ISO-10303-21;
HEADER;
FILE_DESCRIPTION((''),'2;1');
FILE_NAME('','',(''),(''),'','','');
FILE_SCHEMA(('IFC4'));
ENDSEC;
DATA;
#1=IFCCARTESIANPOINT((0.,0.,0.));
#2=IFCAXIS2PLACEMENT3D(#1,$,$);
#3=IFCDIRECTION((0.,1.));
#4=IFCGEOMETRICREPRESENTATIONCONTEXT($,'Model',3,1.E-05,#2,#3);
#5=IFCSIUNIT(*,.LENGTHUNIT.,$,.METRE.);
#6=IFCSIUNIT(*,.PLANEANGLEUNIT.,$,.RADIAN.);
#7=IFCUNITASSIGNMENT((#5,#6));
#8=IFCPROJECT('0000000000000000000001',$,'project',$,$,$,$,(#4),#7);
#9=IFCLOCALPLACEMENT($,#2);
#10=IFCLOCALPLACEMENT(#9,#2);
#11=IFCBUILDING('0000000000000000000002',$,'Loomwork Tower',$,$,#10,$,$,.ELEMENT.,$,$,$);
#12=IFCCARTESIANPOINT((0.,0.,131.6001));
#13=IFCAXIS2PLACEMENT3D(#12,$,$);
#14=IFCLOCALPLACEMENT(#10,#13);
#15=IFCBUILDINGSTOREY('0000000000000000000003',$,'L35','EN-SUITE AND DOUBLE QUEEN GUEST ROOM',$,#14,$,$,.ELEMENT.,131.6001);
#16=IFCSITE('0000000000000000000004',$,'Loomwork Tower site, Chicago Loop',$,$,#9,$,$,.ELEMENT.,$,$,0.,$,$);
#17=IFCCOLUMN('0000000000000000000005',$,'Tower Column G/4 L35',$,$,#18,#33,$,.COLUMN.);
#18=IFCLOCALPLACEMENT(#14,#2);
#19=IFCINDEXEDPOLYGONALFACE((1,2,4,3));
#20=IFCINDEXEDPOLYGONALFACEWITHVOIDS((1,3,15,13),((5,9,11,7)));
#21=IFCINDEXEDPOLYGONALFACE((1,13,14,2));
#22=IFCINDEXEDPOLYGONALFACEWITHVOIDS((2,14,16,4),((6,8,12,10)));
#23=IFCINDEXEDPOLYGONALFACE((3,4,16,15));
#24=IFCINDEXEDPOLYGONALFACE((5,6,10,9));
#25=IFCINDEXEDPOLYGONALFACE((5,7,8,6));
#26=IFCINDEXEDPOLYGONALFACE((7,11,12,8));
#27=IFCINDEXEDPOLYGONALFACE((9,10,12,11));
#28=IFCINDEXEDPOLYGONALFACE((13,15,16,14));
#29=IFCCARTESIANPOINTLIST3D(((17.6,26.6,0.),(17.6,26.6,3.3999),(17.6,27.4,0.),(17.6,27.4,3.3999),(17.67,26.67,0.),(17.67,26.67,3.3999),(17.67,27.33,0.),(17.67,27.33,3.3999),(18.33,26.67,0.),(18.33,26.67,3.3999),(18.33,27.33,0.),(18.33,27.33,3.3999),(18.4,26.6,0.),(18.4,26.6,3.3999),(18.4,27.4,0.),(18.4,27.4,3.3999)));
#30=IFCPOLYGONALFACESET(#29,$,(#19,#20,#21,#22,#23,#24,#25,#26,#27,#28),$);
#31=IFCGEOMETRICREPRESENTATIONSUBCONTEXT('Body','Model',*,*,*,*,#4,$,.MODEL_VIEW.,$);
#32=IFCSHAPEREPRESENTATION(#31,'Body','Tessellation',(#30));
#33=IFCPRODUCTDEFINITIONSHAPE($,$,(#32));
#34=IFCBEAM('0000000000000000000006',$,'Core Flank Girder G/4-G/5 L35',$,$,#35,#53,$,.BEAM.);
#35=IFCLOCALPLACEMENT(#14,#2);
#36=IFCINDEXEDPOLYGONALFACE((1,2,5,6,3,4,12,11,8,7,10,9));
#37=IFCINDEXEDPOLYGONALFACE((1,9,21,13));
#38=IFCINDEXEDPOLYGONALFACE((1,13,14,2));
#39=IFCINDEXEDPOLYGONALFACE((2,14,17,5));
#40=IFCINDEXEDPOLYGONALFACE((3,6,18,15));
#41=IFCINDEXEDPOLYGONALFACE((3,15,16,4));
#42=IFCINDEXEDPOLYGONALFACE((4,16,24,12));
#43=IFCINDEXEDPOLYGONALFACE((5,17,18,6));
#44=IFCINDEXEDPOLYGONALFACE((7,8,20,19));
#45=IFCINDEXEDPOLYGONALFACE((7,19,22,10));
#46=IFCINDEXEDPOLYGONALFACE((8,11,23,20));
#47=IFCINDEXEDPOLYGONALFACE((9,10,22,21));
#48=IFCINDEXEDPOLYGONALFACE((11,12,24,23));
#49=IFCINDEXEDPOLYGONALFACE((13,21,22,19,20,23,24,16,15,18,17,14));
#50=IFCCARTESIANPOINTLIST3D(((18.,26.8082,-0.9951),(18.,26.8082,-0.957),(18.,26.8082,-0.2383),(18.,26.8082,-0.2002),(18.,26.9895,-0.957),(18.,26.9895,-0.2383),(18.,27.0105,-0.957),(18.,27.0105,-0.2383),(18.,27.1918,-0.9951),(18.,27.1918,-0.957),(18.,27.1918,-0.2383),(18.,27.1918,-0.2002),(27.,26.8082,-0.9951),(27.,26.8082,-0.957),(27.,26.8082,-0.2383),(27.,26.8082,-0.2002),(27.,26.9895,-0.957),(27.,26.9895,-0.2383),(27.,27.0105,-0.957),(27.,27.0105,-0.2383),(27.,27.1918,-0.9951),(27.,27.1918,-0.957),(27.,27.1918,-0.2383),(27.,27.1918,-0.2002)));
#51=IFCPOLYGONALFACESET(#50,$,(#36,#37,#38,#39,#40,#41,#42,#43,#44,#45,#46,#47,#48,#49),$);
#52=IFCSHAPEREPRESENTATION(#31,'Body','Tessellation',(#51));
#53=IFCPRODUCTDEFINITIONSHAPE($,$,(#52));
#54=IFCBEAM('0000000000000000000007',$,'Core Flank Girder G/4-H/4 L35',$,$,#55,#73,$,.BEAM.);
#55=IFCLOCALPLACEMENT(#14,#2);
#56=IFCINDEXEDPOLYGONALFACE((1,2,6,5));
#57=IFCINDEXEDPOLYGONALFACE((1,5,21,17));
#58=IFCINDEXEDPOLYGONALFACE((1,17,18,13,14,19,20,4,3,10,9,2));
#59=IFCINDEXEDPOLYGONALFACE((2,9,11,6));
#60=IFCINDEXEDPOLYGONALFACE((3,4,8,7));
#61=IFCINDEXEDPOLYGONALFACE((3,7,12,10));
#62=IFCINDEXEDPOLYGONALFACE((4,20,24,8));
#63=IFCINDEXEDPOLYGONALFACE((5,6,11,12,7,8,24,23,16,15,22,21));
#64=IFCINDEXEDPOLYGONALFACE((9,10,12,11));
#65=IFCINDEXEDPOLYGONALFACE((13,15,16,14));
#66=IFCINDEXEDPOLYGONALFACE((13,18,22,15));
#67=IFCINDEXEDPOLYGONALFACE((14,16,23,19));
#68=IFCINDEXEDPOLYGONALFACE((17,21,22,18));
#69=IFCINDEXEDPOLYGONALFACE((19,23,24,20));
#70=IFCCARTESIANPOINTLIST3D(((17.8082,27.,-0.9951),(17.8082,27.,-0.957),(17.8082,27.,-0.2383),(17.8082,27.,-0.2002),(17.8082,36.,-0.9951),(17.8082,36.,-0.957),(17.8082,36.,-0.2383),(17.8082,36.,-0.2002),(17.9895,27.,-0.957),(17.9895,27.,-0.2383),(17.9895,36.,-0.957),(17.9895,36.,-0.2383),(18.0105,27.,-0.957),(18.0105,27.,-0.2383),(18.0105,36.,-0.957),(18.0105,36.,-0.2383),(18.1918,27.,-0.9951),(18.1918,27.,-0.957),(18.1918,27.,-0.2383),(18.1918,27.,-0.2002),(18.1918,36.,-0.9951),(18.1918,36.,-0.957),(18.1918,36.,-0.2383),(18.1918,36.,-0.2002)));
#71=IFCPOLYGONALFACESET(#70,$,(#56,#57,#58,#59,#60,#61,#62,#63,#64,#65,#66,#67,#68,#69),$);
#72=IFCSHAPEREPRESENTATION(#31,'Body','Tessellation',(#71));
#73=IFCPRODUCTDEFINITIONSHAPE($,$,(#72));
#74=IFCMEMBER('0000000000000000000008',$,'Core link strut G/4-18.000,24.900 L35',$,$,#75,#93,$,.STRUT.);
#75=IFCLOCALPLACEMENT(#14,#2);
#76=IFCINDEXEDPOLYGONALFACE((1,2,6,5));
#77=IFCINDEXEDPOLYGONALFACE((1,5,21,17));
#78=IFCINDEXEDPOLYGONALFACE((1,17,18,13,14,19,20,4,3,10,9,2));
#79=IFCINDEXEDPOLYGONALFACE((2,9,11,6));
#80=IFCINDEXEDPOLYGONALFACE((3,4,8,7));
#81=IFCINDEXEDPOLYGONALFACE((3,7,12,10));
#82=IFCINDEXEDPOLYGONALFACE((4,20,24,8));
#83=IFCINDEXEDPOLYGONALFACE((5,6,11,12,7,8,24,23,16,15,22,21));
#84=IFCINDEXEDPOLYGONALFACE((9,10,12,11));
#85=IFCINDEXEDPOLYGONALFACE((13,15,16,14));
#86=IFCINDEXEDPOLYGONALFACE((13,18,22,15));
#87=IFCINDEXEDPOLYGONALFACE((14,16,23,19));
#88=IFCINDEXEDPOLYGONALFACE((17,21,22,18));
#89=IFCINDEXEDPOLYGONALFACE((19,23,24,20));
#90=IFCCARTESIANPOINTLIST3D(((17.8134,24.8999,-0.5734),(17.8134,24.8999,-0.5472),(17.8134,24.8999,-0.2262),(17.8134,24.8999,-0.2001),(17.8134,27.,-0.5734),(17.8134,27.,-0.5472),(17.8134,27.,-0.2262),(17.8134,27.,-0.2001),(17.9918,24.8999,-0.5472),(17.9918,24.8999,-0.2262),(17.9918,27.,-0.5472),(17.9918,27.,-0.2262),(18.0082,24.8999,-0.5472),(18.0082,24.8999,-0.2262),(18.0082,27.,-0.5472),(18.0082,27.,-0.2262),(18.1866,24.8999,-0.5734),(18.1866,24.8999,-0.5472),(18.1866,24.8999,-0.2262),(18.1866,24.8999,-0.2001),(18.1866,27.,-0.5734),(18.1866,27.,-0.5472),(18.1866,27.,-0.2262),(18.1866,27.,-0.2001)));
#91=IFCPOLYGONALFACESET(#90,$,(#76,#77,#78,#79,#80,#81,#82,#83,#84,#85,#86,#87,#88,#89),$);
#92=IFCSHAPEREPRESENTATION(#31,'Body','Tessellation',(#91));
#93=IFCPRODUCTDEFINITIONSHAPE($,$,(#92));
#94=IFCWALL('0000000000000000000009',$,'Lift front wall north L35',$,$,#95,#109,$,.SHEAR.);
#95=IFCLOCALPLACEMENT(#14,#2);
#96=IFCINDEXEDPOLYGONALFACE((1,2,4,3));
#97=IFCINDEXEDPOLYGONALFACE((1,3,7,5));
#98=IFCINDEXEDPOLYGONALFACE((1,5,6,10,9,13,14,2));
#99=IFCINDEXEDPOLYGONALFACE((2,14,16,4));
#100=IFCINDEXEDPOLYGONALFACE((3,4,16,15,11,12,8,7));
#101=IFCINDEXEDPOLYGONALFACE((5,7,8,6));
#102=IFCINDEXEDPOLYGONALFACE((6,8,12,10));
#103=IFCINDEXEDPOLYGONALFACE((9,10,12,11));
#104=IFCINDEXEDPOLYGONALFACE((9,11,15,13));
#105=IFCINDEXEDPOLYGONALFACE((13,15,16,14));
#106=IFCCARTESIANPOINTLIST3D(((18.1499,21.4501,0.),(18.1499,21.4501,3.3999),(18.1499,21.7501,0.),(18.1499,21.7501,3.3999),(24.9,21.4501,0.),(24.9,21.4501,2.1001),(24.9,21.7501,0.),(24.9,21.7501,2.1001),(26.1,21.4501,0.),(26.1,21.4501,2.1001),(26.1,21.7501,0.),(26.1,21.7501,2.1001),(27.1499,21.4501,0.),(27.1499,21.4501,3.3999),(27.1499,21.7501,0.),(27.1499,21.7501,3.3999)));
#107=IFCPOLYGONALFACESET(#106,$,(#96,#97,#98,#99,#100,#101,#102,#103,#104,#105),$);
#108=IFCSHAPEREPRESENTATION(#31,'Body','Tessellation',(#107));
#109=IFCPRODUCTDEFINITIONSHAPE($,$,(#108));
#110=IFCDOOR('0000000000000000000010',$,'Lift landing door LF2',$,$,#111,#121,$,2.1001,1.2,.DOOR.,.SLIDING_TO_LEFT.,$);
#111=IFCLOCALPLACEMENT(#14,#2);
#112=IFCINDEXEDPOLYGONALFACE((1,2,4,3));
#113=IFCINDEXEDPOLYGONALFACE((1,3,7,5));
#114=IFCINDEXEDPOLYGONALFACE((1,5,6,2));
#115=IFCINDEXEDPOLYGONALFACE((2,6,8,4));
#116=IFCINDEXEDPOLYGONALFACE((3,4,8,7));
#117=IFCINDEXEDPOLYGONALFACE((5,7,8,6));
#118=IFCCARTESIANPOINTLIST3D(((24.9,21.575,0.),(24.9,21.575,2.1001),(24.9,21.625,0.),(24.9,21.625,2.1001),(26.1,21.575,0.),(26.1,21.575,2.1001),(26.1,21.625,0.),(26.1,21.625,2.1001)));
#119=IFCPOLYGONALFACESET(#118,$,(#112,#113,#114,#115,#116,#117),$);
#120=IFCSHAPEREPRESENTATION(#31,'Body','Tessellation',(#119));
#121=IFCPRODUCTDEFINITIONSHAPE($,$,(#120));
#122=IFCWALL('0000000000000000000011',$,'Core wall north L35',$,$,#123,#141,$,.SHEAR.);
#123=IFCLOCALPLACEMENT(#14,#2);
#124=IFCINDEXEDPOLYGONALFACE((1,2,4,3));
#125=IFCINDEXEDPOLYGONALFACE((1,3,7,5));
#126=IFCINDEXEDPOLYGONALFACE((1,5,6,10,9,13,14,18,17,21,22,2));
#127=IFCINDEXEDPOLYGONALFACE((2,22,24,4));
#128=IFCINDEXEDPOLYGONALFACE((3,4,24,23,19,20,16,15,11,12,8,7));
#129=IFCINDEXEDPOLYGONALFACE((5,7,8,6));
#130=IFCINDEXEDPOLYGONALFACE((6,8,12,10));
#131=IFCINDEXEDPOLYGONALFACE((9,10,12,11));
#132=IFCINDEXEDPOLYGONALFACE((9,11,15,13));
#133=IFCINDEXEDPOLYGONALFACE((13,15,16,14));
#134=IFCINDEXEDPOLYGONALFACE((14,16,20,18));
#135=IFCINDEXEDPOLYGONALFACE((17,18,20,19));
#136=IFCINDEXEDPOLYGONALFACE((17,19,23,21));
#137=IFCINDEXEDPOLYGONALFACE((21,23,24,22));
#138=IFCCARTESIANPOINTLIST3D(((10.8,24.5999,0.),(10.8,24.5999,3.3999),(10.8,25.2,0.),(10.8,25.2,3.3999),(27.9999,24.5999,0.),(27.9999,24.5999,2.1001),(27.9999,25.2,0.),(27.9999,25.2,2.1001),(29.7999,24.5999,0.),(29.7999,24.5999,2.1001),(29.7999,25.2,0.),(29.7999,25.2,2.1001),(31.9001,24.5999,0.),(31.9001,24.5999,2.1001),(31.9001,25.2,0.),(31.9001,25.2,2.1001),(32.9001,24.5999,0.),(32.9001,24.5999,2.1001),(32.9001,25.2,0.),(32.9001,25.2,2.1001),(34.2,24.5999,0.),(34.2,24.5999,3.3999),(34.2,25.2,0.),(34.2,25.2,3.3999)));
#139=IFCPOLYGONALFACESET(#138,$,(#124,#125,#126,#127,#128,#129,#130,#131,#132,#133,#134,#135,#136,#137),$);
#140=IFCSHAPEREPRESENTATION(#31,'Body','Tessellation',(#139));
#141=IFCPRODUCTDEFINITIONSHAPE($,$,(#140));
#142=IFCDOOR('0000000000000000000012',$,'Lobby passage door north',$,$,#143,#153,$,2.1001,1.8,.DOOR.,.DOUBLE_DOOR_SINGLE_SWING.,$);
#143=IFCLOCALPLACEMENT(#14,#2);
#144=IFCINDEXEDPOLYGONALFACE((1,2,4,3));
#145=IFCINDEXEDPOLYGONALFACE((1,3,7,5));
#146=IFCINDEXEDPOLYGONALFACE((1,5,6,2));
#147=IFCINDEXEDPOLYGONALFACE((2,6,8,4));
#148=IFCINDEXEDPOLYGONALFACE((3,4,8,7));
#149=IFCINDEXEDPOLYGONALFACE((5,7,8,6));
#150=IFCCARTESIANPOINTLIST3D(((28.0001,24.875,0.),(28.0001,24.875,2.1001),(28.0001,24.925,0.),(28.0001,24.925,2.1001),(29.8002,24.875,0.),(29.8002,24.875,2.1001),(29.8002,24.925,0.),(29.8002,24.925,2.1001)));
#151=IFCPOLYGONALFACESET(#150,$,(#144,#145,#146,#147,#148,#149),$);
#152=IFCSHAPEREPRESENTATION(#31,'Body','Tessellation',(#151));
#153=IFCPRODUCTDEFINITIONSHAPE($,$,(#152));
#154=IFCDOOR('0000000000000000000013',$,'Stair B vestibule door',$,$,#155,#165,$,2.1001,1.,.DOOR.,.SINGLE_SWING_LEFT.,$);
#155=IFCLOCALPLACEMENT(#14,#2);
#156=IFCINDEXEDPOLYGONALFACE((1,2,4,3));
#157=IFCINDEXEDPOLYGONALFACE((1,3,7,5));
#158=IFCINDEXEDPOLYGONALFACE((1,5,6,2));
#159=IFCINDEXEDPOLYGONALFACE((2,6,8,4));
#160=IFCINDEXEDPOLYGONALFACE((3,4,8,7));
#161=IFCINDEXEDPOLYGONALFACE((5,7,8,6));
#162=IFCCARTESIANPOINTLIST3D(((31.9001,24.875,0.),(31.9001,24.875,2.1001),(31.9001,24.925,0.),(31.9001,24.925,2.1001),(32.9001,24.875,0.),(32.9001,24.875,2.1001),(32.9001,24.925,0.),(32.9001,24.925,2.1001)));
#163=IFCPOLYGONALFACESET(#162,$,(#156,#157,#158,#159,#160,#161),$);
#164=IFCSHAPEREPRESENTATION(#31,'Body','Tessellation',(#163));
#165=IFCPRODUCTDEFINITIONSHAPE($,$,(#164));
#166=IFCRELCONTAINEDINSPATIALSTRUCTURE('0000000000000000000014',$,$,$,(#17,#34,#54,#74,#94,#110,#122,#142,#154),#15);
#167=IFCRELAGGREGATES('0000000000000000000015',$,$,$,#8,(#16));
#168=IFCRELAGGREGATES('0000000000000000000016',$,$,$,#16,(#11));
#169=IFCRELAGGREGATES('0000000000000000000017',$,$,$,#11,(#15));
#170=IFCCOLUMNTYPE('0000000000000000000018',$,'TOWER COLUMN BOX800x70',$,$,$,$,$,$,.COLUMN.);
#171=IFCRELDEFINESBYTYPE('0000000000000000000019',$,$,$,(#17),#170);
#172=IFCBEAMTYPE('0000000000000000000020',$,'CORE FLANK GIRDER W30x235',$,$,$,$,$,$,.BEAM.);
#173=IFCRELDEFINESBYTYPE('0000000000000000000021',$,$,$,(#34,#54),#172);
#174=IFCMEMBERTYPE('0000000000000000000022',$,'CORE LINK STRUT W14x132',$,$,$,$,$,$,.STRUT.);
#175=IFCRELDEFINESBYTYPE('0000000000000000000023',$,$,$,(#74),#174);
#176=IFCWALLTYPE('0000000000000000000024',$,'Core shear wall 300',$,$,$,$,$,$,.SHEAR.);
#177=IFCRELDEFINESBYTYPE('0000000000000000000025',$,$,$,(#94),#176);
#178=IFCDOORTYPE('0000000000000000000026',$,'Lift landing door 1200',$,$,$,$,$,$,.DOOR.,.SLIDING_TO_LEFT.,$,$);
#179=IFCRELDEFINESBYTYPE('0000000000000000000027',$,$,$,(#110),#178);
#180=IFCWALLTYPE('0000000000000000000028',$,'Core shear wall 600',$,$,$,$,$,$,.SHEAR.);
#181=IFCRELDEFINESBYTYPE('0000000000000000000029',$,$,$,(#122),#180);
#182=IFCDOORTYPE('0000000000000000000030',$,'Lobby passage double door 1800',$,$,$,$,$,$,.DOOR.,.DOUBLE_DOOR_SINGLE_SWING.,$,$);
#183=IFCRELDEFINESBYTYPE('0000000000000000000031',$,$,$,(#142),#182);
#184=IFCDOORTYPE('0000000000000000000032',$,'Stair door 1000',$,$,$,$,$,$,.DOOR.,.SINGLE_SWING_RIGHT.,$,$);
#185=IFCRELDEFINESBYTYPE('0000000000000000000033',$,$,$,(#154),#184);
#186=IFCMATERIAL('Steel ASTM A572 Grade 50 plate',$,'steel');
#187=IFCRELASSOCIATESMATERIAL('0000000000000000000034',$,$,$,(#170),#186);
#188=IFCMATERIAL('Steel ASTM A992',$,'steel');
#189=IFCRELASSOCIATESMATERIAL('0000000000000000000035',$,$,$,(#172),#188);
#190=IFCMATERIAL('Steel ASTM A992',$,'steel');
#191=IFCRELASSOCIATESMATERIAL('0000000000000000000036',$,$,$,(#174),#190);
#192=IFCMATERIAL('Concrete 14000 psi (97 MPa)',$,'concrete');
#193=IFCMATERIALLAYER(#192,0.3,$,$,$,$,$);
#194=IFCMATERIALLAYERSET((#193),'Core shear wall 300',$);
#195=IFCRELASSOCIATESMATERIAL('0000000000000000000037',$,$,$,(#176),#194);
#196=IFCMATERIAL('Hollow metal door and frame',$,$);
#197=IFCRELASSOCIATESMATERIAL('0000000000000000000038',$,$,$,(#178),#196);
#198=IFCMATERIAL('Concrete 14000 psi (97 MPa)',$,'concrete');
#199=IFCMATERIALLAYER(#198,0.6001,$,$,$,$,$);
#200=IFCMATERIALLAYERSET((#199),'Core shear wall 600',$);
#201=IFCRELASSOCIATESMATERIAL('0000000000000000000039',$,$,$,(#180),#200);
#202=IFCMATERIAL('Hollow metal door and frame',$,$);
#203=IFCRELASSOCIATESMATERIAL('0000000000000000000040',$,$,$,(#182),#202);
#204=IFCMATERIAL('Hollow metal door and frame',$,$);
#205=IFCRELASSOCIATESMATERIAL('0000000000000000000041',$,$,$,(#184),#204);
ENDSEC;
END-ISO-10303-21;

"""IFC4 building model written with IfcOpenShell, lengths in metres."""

from ifc_helpers import new_model, si_unit, direction, frame, frame_2d, origin, origin_2d, place, context, subcontext, project, spatial, rectangle, hollow_rectangle, i_section, extrude, material, layer, layer_set, material_profile, profile_set, type_object, element, fill, save


model = new_model("IFC4")

# Units and contexts
model_context = context("Model", 3, precision=1e-05, world=origin(), true_north=direction((0.0, 1.0)))
body_context = subcontext(model_context, "Body", "Model", "MODEL_VIEW")
ifc_project = project(units=[si_unit("LENGTHUNIT", "METRE"), si_unit("PLANEANGLEUNIT", "RADIAN")], contexts=[model_context])

# Site, building, storey
site_placement = place(None, origin())
site = spatial("IfcSite", under=ifc_project, at=site_placement, Name="Loomwork Tower site, Chicago Loop", CompositionType="ELEMENT", RefElevation=0.0)
building_placement = place(site_placement, origin())
building = spatial("IfcBuilding", under=site, at=building_placement, Name="Loomwork Tower", CompositionType="ELEMENT")
storey_placement = place(building_placement, frame((0.0, 0.0, 131.6001)))
storey = spatial("IfcBuildingStorey", under=building, at=storey_placement, Name="L35", Description="EN-SUITE AND DOUBLE QUEEN GUEST ROOM", CompositionType="ELEMENT", Elevation=131.6001)

# Column
ifc_material_1 = material(Name="Steel ASTM A572 Grade 50 plate", Category="steel")
ifc_material_profile_1 = material_profile(ifc_material_1, hollow_rectangle(XDim=0.8, YDim=0.8, WallThickness=0.0701, at=origin_2d()), Name="BOX800x70")
ifc_profile_set_1 = profile_set([ifc_material_profile_1], Name="Steel ASTM A572 Grade 50 plate")
column_type = type_object("IfcColumnType", Name="TOWER COLUMN BOX800x70", PredefinedType="COLUMN", material=ifc_profile_set_1)
column_placement = place(storey_placement, frame((18.0, 27.0, 0.0), z_axis=(0.0, 0.0, 1.0), x_axis=(1.0, 0.0, 0.0)))
element("IfcColumn", 1, at=column_placement, inside=storey, type_object=column_type, Name="Tower Column G/4 L35", PredefinedType="COLUMN", context=body_context, shape_type="SweptSolid", body=[
    extrude(hollow_rectangle(XDim=0.8, YDim=0.8, WallThickness=0.0701, at=origin_2d()), origin(), (0.0, 0.0, 1.0), 3.3999),
])

# Beams
ifc_material_2 = material(Name="Steel ASTM A992", Category="steel")
ifc_material_profile_2 = material_profile(ifc_material_2, i_section(OverallWidth=0.3835, OverallDepth=0.7949, WebThickness=0.021, FlangeThickness=0.0381, at=origin_2d()), Name="W30x235")
ifc_profile_set_2 = profile_set([ifc_material_profile_2], Name="Steel ASTM A992")
beam_type = type_object("IfcBeamType", Name="CORE FLANK GIRDER W30x235", PredefinedType="BEAM", material=ifc_profile_set_2)
for number, where, z_axis, x_axis, name in (
    (2, (18.0, 27.0, -0.5977), (1.0, 0.0, 0.0), (0.0, 1.0, 0.0), "Core Flank Girder G/4-G/5 L35"),
    (3, (18.0, 27.0, -0.5977), (0.0, 1.0, 0.0), (-1.0, 0.0, 0.0), "Core Flank Girder G/4-H/4 L35"),
):
    element("IfcBeam", number, at=place(storey_placement, frame(where, z_axis=z_axis, x_axis=x_axis)), inside=storey, type_object=beam_type, Name=name, PredefinedType="BEAM", context=body_context, shape_type="SweptSolid", body=[
        extrude(i_section(OverallWidth=0.3835, OverallDepth=0.7949, WebThickness=0.021, FlangeThickness=0.0381, at=origin_2d()), origin(), (0.0, 0.0, 1.0), 9.0),
    ])

# Member
ifc_material_3 = material(Name="Steel ASTM A992", Category="steel")
ifc_material_profile_3 = material_profile(ifc_material_3, i_section(OverallWidth=0.3733, OverallDepth=0.3733, WebThickness=0.0164, FlangeThickness=0.0261, at=origin_2d()), Name="W14x132")
ifc_profile_set_3 = profile_set([ifc_material_profile_3], Name="Steel ASTM A992")
member_type = type_object("IfcMemberType", Name="CORE LINK STRUT W14x132", PredefinedType="STRUT", material=ifc_profile_set_3)
member_placement = place(storey_placement, frame((18.0, 27.0, -0.3867), z_axis=(0.0, -1.0, 0.0), x_axis=(1.0, 0.0, 0.0)))
element("IfcMember", 4, at=member_placement, inside=storey, type_object=member_type, Name="Core link strut G/4-18.000,24.900 L35", PredefinedType="STRUT", context=body_context, shape_type="SweptSolid", body=[
    extrude(i_section(OverallWidth=0.3733, OverallDepth=0.3733, WebThickness=0.0164, FlangeThickness=0.0261, at=origin_2d()), origin(), (0.0, 0.0, 1.0), 2.1001),
])

# Wall, opening, door
ifc_material_4 = material(Name="Concrete 14000 psi (97 MPa)", Category="concrete")
ifc_layer_1 = layer(ifc_material_4, 0.3)
ifc_layer_set_1 = layer_set([ifc_layer_1], Name="Core shear wall 300")
wall_type_1 = type_object("IfcWallType", Name="Core shear wall 300", PredefinedType="SHEAR", material=ifc_layer_set_1)
wall_1_placement = place(storey_placement, frame((18.1499, 21.6001, 0.0), z_axis=(0.0, 0.0, 1.0), x_axis=(1.0, 0.0, 0.0)))
wall_1 = element("IfcWall", 5, at=wall_1_placement, inside=storey, type_object=wall_type_1, Name="Lift front wall north L35", PredefinedType="SHEAR", context=body_context, shape_type="SweptSolid", body=[
    extrude(rectangle(XDim=9.0, YDim=0.3, at=frame_2d((4.5, 0.0))), origin(), (0.0, 0.0, 1.0), 3.3999),
])
opening_1_placement = place(wall_1_placement, frame((6.75, 0.0, 0.0)))
opening_1 = element("IfcOpeningElement", 6, at=opening_1_placement, cuts=wall_1, PredefinedType="OPENING", context=body_context, shape_type="SweptSolid", body=[
    extrude(rectangle(XDim=1.2, YDim=2.1001, at=frame_2d((0.6001, 1.05))), frame((0.0, 0.1599, 0.0), z_axis=(0.0, -1.0, 0.0), x_axis=(1.0, 0.0, 0.0)), (0.0, 0.0, 1.0), 0.3201),
])
ifc_material_5 = material(Name="Hollow metal door and frame")
door_type_1 = type_object("IfcDoorType", Name="Lift landing door 1200", OperationType="SLIDING_TO_LEFT", PredefinedType="DOOR", material=ifc_material_5)
door_1_placement = place(opening_1_placement, origin())
door_1 = element("IfcDoor", 7, at=door_1_placement, inside=storey, type_object=door_type_1, Name="Lift landing door LF2", OperationType="SLIDING_TO_LEFT", OverallHeight=2.1001, OverallWidth=1.2, PredefinedType="DOOR", context=body_context, shape_type="SweptSolid", body=[
    extrude(rectangle(XDim=1.2, YDim=2.1001, at=frame_2d((0.6001, 1.05))), frame((0.0, 0.0249, 0.0), z_axis=(0.0, -1.0, 0.0), x_axis=(1.0, 0.0, 0.0)), (0.0, 0.0, 1.0), 0.05),
])
fill(opening_1, door_1)

# Wall, openings, doors
ifc_material_6 = material(Name="Concrete 14000 psi (97 MPa)", Category="concrete")
ifc_layer_2 = layer(ifc_material_6, 0.6001)
ifc_layer_set_2 = layer_set([ifc_layer_2], Name="Core shear wall 600")
wall_type_2 = type_object("IfcWallType", Name="Core shear wall 600", PredefinedType="SHEAR", material=ifc_layer_set_2)
wall_2_placement = place(storey_placement, frame((10.8, 24.8999, 0.0), z_axis=(0.0, 0.0, 1.0), x_axis=(1.0, 0.0, 0.0)))
wall_2 = element("IfcWall", 8, at=wall_2_placement, inside=storey, type_object=wall_type_2, Name="Core wall north L35", PredefinedType="SHEAR", context=body_context, shape_type="SweptSolid", body=[
    extrude(rectangle(XDim=23.3999, YDim=0.6001, at=frame_2d((11.7, 0.0))), origin(), (0.0, 0.0, 1.0), 3.3999),
])
opening_2_placement = place(wall_2_placement, frame((17.2, 0.0, 0.0)))
opening_2 = element("IfcOpeningElement", 9, at=opening_2_placement, cuts=wall_2, PredefinedType="OPENING", context=body_context, shape_type="SweptSolid", body=[
    extrude(rectangle(XDim=1.8, YDim=2.1001, at=frame_2d((0.8999, 1.05))), frame((0.0, 0.3101, 0.0), z_axis=(0.0, -1.0, 0.0), x_axis=(1.0, 0.0, 0.0)), (0.0, 0.0, 1.0), 0.6201),
])
opening_3_placement = place(wall_2_placement, frame((21.1001, 0.0, 0.0)))
opening_3 = element("IfcOpeningElement", 10, at=opening_3_placement, cuts=wall_2, PredefinedType="OPENING", context=body_context, shape_type="SweptSolid", body=[
    extrude(rectangle(XDim=1.0, YDim=2.1001, at=frame_2d((0.5, 1.05))), frame((0.0, 0.3101, 0.0), z_axis=(0.0, -1.0, 0.0), x_axis=(1.0, 0.0, 0.0)), (0.0, 0.0, 1.0), 0.6201),
])
ifc_material_7 = material(Name="Hollow metal door and frame")
door_type_2 = type_object("IfcDoorType", Name="Lobby passage double door 1800", OperationType="DOUBLE_DOOR_SINGLE_SWING", PredefinedType="DOOR", material=ifc_material_7)
door_2_placement = place(opening_2_placement, frame((1.8, 0.0, 0.0), z_axis=(0.0, 0.0, 1.0), x_axis=(-1.0, 0.0, 0.0)))
door_2 = element("IfcDoor", 11, at=door_2_placement, inside=storey, type_object=door_type_2, Name="Lobby passage door north", OperationType="DOUBLE_DOOR_SINGLE_SWING", OverallHeight=2.1001, OverallWidth=1.8, PredefinedType="DOOR", context=body_context, shape_type="SweptSolid", body=[
    extrude(rectangle(XDim=1.8, YDim=2.1001, at=frame_2d((0.8999, 1.05))), frame((0.0, 0.0249, 0.0), z_axis=(0.0, -1.0, 0.0), x_axis=(1.0, 0.0, 0.0)), (0.0, 0.0, 1.0), 0.05),
])
fill(opening_2, door_2)
ifc_material_8 = material(Name="Hollow metal door and frame")
door_type_3 = type_object("IfcDoorType", Name="Stair door 1000", OperationType="SINGLE_SWING_RIGHT", PredefinedType="DOOR", material=ifc_material_8)
door_3_placement = place(opening_3_placement, frame((1.0, 0.0, 0.0), z_axis=(0.0, 0.0, 1.0), x_axis=(-1.0, 0.0, 0.0)))
door_3 = element("IfcDoor", 12, at=door_3_placement, inside=storey, type_object=door_type_3, Name="Stair B vestibule door", OperationType="SINGLE_SWING_LEFT", OverallHeight=2.1001, OverallWidth=1.0, PredefinedType="DOOR", context=body_context, shape_type="SweptSolid", body=[
    extrude(rectangle(XDim=1.0, YDim=2.1001, at=frame_2d((0.5, 1.05))), frame((0.0, 0.0249, 0.0), z_axis=(0.0, -1.0, 0.0), x_axis=(1.0, 0.0, 0.0)), (0.0, 0.0, 1.0), 0.05),
])
fill(opening_3, door_3)

save(model, "model.ifc")
